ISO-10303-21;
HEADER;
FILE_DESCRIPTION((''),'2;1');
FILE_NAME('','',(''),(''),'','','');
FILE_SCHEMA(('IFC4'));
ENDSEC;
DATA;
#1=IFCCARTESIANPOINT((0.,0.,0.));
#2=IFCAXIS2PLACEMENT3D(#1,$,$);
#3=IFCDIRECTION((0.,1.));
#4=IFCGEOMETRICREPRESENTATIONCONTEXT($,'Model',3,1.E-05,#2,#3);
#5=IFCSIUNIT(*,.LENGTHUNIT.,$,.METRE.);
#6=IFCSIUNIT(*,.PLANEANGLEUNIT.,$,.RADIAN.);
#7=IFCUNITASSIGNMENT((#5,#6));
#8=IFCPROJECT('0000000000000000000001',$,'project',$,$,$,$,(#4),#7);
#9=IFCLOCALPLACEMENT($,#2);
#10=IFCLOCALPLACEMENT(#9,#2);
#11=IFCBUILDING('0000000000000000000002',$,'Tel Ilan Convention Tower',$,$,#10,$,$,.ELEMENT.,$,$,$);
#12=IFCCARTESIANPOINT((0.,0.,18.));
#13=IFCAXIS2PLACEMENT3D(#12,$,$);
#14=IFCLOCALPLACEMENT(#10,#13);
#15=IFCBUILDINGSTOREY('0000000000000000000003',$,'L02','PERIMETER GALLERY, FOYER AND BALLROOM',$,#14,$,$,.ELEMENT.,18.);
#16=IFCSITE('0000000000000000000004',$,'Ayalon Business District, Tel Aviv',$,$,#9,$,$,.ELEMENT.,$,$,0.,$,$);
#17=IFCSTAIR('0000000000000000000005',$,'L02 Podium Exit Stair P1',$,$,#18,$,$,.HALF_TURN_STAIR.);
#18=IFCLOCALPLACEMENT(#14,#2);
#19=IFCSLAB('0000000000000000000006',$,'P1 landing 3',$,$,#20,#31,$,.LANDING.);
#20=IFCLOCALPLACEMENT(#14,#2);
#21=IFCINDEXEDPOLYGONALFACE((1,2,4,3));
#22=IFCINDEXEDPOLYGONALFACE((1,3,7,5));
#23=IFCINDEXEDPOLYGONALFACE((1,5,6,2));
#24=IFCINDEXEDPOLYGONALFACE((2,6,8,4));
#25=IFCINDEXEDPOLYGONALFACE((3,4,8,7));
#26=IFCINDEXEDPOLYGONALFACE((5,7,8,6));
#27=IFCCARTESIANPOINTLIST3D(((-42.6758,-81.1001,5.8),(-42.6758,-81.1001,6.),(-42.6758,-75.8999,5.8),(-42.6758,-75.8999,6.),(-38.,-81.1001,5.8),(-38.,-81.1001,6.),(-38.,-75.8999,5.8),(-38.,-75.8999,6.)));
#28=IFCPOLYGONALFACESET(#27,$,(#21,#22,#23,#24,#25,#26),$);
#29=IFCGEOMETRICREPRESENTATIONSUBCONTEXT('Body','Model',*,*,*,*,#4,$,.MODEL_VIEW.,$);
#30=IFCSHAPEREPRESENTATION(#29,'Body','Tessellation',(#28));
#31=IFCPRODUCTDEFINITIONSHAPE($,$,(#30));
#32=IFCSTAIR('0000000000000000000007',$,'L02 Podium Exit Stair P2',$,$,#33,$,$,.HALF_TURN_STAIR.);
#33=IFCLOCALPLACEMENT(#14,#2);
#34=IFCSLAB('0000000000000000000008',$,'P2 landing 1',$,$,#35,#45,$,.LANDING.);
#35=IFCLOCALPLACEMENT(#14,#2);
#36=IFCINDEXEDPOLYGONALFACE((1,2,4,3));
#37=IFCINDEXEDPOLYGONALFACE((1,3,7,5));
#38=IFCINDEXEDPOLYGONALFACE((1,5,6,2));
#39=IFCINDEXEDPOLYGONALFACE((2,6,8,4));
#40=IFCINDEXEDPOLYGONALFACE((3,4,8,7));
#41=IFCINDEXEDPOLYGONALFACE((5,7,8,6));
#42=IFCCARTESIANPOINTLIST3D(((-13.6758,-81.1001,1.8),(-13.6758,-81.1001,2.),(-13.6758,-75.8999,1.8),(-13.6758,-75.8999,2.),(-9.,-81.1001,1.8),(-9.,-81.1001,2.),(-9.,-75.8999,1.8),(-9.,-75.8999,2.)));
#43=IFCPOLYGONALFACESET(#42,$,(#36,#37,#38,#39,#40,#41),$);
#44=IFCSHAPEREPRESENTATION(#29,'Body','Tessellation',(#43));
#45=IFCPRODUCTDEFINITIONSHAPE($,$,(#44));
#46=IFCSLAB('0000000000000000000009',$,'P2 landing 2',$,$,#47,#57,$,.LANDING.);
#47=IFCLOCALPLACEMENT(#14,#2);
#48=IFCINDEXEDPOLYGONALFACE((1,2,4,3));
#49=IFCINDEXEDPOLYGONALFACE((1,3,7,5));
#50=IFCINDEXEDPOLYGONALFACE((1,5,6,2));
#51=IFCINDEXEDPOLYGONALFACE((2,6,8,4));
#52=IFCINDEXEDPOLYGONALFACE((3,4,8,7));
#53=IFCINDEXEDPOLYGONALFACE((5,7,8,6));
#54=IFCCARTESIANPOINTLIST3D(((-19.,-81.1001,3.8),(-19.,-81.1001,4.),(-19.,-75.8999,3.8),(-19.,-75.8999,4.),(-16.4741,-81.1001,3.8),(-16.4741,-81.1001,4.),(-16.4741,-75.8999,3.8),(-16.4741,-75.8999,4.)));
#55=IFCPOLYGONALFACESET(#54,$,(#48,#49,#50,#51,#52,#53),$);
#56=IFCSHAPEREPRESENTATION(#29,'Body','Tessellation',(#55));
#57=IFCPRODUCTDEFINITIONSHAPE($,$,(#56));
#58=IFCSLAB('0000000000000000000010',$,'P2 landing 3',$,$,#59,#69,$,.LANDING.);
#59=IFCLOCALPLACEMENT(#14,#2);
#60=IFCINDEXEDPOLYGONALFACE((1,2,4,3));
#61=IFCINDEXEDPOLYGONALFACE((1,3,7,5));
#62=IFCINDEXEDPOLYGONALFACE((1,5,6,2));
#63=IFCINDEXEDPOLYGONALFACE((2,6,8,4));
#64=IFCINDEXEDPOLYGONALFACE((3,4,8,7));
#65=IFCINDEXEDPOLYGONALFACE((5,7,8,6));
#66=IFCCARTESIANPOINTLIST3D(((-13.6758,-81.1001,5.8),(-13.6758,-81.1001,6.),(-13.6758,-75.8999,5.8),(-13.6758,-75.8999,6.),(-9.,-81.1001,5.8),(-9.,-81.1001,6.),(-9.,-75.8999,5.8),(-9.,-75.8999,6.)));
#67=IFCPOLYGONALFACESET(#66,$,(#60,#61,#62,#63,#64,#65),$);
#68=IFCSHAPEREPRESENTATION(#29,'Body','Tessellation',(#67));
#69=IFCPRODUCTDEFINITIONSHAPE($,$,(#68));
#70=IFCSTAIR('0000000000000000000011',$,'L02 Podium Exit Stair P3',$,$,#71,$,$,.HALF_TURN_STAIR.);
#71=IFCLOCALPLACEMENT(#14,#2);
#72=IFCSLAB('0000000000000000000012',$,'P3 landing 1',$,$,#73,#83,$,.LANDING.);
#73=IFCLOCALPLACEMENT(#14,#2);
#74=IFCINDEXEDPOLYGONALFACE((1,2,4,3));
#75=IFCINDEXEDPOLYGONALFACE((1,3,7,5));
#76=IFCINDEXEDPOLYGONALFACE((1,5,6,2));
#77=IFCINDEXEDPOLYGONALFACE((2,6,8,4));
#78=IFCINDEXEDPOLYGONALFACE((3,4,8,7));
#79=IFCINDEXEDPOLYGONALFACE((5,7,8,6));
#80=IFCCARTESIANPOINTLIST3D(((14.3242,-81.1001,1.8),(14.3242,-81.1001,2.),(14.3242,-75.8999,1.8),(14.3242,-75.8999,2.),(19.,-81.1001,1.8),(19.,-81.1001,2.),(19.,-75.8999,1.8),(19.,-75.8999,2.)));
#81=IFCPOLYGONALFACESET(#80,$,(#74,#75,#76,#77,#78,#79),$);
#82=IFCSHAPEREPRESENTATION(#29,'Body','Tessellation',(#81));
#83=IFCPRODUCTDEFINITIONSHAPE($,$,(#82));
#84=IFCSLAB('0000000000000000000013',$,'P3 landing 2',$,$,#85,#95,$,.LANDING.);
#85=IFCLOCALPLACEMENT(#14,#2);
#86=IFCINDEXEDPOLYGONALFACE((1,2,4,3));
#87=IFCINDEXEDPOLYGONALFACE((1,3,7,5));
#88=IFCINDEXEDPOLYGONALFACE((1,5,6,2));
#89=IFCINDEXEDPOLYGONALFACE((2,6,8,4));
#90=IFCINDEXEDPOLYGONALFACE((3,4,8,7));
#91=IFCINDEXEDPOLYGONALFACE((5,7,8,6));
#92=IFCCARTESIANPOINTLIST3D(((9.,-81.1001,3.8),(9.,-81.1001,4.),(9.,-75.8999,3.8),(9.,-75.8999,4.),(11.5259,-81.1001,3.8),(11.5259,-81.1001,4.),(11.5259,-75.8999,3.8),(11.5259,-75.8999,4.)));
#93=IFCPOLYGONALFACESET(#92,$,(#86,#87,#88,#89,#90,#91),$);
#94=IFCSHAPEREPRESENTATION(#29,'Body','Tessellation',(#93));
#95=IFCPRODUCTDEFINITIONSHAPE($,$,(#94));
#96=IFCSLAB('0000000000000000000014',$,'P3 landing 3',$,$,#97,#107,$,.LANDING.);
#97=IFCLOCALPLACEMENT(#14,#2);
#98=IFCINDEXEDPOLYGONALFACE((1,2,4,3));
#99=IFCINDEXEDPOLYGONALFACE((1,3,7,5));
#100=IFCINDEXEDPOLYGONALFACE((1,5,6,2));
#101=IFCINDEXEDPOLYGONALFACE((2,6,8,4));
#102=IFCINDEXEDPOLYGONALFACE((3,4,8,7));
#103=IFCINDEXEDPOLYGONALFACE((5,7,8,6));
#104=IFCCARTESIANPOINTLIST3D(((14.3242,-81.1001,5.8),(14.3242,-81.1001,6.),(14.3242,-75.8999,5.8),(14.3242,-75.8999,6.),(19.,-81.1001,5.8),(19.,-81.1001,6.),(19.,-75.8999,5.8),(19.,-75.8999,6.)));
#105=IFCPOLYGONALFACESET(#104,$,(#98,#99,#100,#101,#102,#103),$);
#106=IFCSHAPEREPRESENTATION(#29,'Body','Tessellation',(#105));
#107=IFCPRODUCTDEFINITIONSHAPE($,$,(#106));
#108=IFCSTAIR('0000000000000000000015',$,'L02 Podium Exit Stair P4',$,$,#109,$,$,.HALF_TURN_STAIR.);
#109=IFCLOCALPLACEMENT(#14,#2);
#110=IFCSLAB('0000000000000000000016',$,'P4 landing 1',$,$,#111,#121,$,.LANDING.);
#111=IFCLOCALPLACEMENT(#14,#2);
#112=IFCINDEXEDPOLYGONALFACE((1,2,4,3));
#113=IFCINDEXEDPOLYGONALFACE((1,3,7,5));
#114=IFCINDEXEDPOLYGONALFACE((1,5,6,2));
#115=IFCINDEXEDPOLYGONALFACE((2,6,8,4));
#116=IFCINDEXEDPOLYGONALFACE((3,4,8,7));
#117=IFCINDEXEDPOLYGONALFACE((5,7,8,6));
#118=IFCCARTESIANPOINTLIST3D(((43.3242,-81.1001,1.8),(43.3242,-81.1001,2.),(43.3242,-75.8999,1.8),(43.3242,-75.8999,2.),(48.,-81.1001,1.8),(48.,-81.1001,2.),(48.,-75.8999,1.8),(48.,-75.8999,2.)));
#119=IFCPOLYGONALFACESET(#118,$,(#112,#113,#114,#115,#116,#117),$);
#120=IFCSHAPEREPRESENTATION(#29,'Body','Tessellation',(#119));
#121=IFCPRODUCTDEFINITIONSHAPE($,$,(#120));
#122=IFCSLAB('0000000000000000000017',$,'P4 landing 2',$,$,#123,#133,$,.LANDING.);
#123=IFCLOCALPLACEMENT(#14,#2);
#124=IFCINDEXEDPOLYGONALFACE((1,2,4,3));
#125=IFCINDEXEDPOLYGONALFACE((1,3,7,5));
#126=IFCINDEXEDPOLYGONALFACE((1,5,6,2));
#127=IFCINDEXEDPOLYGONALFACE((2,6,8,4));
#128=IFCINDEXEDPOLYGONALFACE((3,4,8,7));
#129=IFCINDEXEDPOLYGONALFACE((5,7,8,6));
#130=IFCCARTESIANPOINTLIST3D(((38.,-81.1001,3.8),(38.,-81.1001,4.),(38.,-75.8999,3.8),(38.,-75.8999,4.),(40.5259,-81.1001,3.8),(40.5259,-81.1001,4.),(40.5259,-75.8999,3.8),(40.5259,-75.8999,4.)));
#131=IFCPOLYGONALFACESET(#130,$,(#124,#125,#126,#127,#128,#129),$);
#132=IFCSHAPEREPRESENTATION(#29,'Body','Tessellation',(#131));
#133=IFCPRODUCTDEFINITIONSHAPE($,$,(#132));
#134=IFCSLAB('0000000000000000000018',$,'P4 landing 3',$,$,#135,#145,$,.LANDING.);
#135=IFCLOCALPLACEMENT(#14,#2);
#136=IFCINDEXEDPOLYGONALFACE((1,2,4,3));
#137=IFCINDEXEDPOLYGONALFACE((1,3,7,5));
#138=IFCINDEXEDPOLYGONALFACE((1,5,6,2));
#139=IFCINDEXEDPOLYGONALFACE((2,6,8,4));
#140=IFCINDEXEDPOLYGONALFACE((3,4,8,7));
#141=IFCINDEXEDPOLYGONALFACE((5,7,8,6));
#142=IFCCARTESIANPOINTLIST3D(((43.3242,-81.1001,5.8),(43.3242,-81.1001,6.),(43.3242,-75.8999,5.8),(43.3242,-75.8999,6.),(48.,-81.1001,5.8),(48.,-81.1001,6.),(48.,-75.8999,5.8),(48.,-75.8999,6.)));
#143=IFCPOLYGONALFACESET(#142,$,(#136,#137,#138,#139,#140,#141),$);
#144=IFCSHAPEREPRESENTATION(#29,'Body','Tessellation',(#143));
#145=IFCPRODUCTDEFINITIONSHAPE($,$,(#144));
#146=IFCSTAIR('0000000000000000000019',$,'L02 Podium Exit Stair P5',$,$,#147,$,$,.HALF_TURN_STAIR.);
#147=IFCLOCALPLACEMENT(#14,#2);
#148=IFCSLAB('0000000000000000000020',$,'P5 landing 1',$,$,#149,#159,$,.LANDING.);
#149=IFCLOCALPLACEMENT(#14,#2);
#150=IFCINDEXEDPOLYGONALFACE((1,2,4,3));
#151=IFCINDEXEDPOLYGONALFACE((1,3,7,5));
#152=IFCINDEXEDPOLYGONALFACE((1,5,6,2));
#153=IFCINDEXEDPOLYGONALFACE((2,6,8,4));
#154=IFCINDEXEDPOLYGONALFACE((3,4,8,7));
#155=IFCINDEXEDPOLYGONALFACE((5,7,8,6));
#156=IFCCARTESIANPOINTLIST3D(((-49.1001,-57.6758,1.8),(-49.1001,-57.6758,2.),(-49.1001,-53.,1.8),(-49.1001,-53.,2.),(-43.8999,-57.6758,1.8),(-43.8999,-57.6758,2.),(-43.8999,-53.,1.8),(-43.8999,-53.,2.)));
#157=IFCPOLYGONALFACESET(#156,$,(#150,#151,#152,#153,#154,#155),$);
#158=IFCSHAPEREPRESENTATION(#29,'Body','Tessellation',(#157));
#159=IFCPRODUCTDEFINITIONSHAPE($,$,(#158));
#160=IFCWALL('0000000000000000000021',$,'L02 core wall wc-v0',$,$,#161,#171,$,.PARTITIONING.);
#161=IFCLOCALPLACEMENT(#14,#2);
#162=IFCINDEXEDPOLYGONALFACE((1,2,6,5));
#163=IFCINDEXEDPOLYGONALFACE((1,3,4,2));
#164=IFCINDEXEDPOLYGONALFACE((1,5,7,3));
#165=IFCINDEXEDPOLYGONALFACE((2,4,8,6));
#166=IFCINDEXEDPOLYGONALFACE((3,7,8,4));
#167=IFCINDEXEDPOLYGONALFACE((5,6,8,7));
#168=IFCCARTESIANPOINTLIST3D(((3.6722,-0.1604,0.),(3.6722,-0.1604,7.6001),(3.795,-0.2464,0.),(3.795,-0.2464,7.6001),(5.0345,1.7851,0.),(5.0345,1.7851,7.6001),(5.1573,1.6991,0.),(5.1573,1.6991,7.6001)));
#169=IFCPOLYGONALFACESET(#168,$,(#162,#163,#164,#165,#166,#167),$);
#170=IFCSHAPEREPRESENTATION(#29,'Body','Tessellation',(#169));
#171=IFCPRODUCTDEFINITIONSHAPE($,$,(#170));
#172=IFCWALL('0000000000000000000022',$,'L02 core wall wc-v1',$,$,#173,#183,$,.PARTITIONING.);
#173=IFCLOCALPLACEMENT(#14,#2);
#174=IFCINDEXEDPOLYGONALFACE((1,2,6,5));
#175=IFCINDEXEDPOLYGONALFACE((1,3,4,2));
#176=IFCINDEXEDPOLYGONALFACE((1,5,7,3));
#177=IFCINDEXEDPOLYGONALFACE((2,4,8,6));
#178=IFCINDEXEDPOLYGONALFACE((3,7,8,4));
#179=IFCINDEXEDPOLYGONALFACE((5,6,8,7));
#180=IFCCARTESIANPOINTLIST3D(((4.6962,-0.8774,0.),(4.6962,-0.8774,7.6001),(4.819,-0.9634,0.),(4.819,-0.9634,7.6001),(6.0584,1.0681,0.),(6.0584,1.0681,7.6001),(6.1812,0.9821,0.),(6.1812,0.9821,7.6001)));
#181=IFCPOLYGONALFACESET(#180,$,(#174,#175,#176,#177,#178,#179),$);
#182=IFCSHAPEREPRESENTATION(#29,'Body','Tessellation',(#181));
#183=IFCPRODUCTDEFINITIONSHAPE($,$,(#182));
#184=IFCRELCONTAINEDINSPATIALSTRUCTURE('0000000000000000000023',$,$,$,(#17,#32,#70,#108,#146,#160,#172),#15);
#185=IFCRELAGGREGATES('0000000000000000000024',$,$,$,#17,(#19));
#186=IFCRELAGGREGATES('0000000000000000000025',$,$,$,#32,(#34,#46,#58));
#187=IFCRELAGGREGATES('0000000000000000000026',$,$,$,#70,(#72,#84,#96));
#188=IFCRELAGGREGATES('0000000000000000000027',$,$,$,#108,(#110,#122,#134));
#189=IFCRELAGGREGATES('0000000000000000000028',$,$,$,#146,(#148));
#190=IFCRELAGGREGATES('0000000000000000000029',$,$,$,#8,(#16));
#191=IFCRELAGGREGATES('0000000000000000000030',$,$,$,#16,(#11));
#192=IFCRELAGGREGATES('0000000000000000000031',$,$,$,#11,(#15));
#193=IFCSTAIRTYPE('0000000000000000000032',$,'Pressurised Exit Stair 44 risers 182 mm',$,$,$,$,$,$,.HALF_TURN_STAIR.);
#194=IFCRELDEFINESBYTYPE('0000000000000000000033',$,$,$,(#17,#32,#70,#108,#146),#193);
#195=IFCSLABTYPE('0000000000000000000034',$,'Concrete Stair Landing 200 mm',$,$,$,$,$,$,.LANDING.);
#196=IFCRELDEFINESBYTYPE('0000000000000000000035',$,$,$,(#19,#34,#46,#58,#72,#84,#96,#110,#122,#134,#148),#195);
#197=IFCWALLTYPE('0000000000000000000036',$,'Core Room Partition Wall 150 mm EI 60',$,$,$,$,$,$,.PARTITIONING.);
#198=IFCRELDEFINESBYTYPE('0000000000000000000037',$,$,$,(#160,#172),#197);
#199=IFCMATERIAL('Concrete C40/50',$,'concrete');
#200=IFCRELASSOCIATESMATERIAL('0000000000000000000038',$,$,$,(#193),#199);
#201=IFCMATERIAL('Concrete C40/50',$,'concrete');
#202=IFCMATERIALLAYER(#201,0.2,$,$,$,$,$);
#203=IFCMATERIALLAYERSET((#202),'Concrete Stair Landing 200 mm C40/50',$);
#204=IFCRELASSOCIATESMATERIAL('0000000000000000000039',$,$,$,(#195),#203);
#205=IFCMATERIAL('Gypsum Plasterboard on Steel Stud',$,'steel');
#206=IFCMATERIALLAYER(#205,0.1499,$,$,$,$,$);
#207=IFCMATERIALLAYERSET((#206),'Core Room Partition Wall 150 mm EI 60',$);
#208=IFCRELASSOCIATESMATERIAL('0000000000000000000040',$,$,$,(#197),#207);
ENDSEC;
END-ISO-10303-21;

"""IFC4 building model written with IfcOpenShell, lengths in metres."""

from ifc_helpers import new_model, si_unit, direction, frame, frame_2d, origin, place, context, subcontext, project, spatial, polyline, rectangle, outline, extrude, material, layer, layer_set, type_object, element, aggregate, save


model = new_model("IFC4")

# Units and contexts
model_context = context("Model", 3, precision=1e-05, world=origin(), true_north=direction((0.0, 1.0)))
body_context = subcontext(model_context, "Body", "Model", "MODEL_VIEW")
ifc_project = project(units=[si_unit("LENGTHUNIT", "METRE"), si_unit("PLANEANGLEUNIT", "RADIAN")], contexts=[model_context])

# Site, building, storey
site_placement = place(None, origin())
site = spatial("IfcSite", under=ifc_project, at=site_placement, Name="Ayalon Business District, Tel Aviv", CompositionType="ELEMENT", RefElevation=0.0)
building_placement = place(site_placement, origin())
building = spatial("IfcBuilding", under=site, at=building_placement, Name="Tel Ilan Convention Tower", CompositionType="ELEMENT")
storey_placement = place(building_placement, frame((0.0, 0.0, 18.0)))
storey = spatial("IfcBuildingStorey", under=building, at=storey_placement, Name="L02", Description="PERIMETER GALLERY, FOYER AND BALLROOM", CompositionType="ELEMENT", Elevation=18.0)

# Stair, slab
ifc_material_1 = material(Name="Concrete C40/50", Category="concrete")
stair_type = type_object("IfcStairType", Name="Pressurised Exit Stair 44 risers 182 mm", PredefinedType="HALF_TURN_STAIR", material=ifc_material_1)
stair_1_placement = place(storey_placement, origin())
stair_1 = element("IfcStair", 1, at=stair_1_placement, inside=storey, type_object=stair_type, Name="L02 Podium Exit Stair P1", PredefinedType="HALF_TURN_STAIR")
ifc_material_2 = material(Name="Concrete C40/50", Category="concrete")
ifc_layer_1 = layer(ifc_material_2, 0.2)
ifc_layer_set_1 = layer_set([ifc_layer_1], Name="Concrete Stair Landing 200 mm C40/50")
slab_type = type_object("IfcSlabType", Name="Concrete Stair Landing 200 mm", PredefinedType="LANDING", material=ifc_layer_set_1)
slab_1_placement = place(storey_placement, frame((0.0, 0.0, 5.8)))
slab_1 = element("IfcSlab", 2, at=slab_1_placement, type_object=slab_type, Name="P1 landing 3", PredefinedType="LANDING", context=body_context, shape_type="SweptSolid", body=[
    extrude(outline(polyline([(-42.6758, -81.1001), (-38.0, -81.1001), (-38.0, -75.8999), (-42.6758, -75.8999), (-42.6758, -81.1001)])), origin(), (0.0, 0.0, 1.0), 0.2),
])
aggregate(stair_1, [slab_1])

# Stairs, slabs
stair_2_placement = place(storey_placement, origin())
stair_2 = element("IfcStair", 3, at=stair_2_placement, inside=storey, type_object=stair_type, Name="L02 Podium Exit Stair P2", PredefinedType="HALF_TURN_STAIR")
slab_2_placement = place(storey_placement, frame((0.0, 0.0, 1.8)))
slab_2 = element("IfcSlab", 4, at=slab_2_placement, type_object=slab_type, Name="P2 landing 1", PredefinedType="LANDING", context=body_context, shape_type="SweptSolid", body=[
    extrude(outline(polyline([(-13.6758, -81.1001), (-9.0, -81.1001), (-9.0, -75.8999), (-13.6758, -75.8999), (-13.6758, -81.1001)])), origin(), (0.0, 0.0, 1.0), 0.2),
])
slab_3_placement = place(storey_placement, frame((0.0, 0.0, 3.8)))
slab_3 = element("IfcSlab", 5, at=slab_3_placement, type_object=slab_type, Name="P2 landing 2", PredefinedType="LANDING", context=body_context, shape_type="SweptSolid", body=[
    extrude(outline(polyline([(-19.0, -81.1001), (-16.4741, -81.1001), (-16.4741, -75.8999), (-19.0, -75.8999), (-19.0, -81.1001)])), origin(), (0.0, 0.0, 1.0), 0.2),
])
slab_4_placement = place(storey_placement, frame((0.0, 0.0, 5.8)))
slab_4 = element("IfcSlab", 6, at=slab_4_placement, type_object=slab_type, Name="P2 landing 3", PredefinedType="LANDING", context=body_context, shape_type="SweptSolid", body=[
    extrude(outline(polyline([(-13.6758, -81.1001), (-9.0, -81.1001), (-9.0, -75.8999), (-13.6758, -75.8999), (-13.6758, -81.1001)])), origin(), (0.0, 0.0, 1.0), 0.2),
])
aggregate(stair_2, [slab_2, slab_3, slab_4])
stair_3_placement = place(storey_placement, origin())
stair_3 = element("IfcStair", 7, at=stair_3_placement, inside=storey, type_object=stair_type, Name="L02 Podium Exit Stair P3", PredefinedType="HALF_TURN_STAIR")
slab_5_placement = place(storey_placement, frame((0.0, 0.0, 1.8)))
slab_5 = element("IfcSlab", 8, at=slab_5_placement, type_object=slab_type, Name="P3 landing 1", PredefinedType="LANDING", context=body_context, shape_type="SweptSolid", body=[
    extrude(outline(polyline([(14.3242, -81.1001), (19.0, -81.1001), (19.0, -75.8999), (14.3242, -75.8999), (14.3242, -81.1001)])), origin(), (0.0, 0.0, 1.0), 0.2),
])
slab_6_placement = place(storey_placement, frame((0.0, 0.0, 3.8)))
slab_6 = element("IfcSlab", 9, at=slab_6_placement, type_object=slab_type, Name="P3 landing 2", PredefinedType="LANDING", context=body_context, shape_type="SweptSolid", body=[
    extrude(outline(polyline([(9.0, -81.1001), (11.5259, -81.1001), (11.5259, -75.8999), (9.0, -75.8999), (9.0, -81.1001)])), origin(), (0.0, 0.0, 1.0), 0.2),
])
slab_7_placement = place(storey_placement, frame((0.0, 0.0, 5.8)))
slab_7 = element("IfcSlab", 10, at=slab_7_placement, type_object=slab_type, Name="P3 landing 3", PredefinedType="LANDING", context=body_context, shape_type="SweptSolid", body=[
    extrude(outline(polyline([(14.3242, -81.1001), (19.0, -81.1001), (19.0, -75.8999), (14.3242, -75.8999), (14.3242, -81.1001)])), origin(), (0.0, 0.0, 1.0), 0.2),
])
aggregate(stair_3, [slab_5, slab_6, slab_7])
stair_4_placement = place(storey_placement, origin())
stair_4 = element("IfcStair", 11, at=stair_4_placement, inside=storey, type_object=stair_type, Name="L02 Podium Exit Stair P4", PredefinedType="HALF_TURN_STAIR")
slab_8_placement = place(storey_placement, frame((0.0, 0.0, 1.8)))
slab_8 = element("IfcSlab", 12, at=slab_8_placement, type_object=slab_type, Name="P4 landing 1", PredefinedType="LANDING", context=body_context, shape_type="SweptSolid", body=[
    extrude(outline(polyline([(43.3242, -81.1001), (48.0, -81.1001), (48.0, -75.8999), (43.3242, -75.8999), (43.3242, -81.1001)])), origin(), (0.0, 0.0, 1.0), 0.2),
])
slab_9_placement = place(storey_placement, frame((0.0, 0.0, 3.8)))
slab_9 = element("IfcSlab", 13, at=slab_9_placement, type_object=slab_type, Name="P4 landing 2", PredefinedType="LANDING", context=body_context, shape_type="SweptSolid", body=[
    extrude(outline(polyline([(38.0, -81.1001), (40.5259, -81.1001), (40.5259, -75.8999), (38.0, -75.8999), (38.0, -81.1001)])), origin(), (0.0, 0.0, 1.0), 0.2),
])
slab_10_placement = place(storey_placement, frame((0.0, 0.0, 5.8)))
slab_10 = element("IfcSlab", 14, at=slab_10_placement, type_object=slab_type, Name="P4 landing 3", PredefinedType="LANDING", context=body_context, shape_type="SweptSolid", body=[
    extrude(outline(polyline([(43.3242, -81.1001), (48.0, -81.1001), (48.0, -75.8999), (43.3242, -75.8999), (43.3242, -81.1001)])), origin(), (0.0, 0.0, 1.0), 0.2),
])
aggregate(stair_4, [slab_8, slab_9, slab_10])

# Stair, slab
stair_5_placement = place(storey_placement, origin())
stair_5 = element("IfcStair", 15, at=stair_5_placement, inside=storey, type_object=stair_type, Name="L02 Podium Exit Stair P5", PredefinedType="HALF_TURN_STAIR")
slab_11_placement = place(storey_placement, frame((0.0, 0.0, 1.8)))
slab_11 = element("IfcSlab", 16, at=slab_11_placement, type_object=slab_type, Name="P5 landing 1", PredefinedType="LANDING", context=body_context, shape_type="SweptSolid", body=[
    extrude(outline(polyline([(-43.8999, -57.6758), (-43.8999, -53.0), (-49.1001, -53.0), (-49.1001, -57.6758), (-43.8999, -57.6758)])), origin(), (0.0, 0.0, 1.0), 0.2),
])
aggregate(stair_5, [slab_11])

# Walls
ifc_material_3 = material(Name="Gypsum Plasterboard on Steel Stud", Category="steel")
ifc_layer_2 = layer(ifc_material_3, 0.1499)
ifc_layer_set_2 = layer_set([ifc_layer_2], Name="Core Room Partition Wall 150 mm EI 60")
wall_type_1 = type_object("IfcWallType", Name="Core Room Partition Wall 150 mm EI 60", PredefinedType="PARTITIONING", material=ifc_layer_set_2)
for number, where, z_axis, x_axis, name in (
    (17, (3.7336, -0.2034, 0.0), (0.0, 0.0, 1.0), (0.57358, 0.81915, 0.0), "L02 core wall wc-v0"),
    (18, (4.7576, -0.9204, 0.0), (0.0, 0.0, 1.0), (0.57358, 0.81915, 0.0), "L02 core wall wc-v1"),
):
    element("IfcWall", number, at=place(storey_placement, frame(where, z_axis=z_axis, x_axis=x_axis)), inside=storey, type_object=wall_type_1, Name=name, PredefinedType="PARTITIONING", context=body_context, shape_type="SweptSolid", body=[
        extrude(rectangle(XDim=2.375, YDim=0.1499, at=frame_2d((1.1875, 0.0))), origin(), (0.0, 0.0, 1.0), 7.6001),
    ])

save(model, "model.ifc")
